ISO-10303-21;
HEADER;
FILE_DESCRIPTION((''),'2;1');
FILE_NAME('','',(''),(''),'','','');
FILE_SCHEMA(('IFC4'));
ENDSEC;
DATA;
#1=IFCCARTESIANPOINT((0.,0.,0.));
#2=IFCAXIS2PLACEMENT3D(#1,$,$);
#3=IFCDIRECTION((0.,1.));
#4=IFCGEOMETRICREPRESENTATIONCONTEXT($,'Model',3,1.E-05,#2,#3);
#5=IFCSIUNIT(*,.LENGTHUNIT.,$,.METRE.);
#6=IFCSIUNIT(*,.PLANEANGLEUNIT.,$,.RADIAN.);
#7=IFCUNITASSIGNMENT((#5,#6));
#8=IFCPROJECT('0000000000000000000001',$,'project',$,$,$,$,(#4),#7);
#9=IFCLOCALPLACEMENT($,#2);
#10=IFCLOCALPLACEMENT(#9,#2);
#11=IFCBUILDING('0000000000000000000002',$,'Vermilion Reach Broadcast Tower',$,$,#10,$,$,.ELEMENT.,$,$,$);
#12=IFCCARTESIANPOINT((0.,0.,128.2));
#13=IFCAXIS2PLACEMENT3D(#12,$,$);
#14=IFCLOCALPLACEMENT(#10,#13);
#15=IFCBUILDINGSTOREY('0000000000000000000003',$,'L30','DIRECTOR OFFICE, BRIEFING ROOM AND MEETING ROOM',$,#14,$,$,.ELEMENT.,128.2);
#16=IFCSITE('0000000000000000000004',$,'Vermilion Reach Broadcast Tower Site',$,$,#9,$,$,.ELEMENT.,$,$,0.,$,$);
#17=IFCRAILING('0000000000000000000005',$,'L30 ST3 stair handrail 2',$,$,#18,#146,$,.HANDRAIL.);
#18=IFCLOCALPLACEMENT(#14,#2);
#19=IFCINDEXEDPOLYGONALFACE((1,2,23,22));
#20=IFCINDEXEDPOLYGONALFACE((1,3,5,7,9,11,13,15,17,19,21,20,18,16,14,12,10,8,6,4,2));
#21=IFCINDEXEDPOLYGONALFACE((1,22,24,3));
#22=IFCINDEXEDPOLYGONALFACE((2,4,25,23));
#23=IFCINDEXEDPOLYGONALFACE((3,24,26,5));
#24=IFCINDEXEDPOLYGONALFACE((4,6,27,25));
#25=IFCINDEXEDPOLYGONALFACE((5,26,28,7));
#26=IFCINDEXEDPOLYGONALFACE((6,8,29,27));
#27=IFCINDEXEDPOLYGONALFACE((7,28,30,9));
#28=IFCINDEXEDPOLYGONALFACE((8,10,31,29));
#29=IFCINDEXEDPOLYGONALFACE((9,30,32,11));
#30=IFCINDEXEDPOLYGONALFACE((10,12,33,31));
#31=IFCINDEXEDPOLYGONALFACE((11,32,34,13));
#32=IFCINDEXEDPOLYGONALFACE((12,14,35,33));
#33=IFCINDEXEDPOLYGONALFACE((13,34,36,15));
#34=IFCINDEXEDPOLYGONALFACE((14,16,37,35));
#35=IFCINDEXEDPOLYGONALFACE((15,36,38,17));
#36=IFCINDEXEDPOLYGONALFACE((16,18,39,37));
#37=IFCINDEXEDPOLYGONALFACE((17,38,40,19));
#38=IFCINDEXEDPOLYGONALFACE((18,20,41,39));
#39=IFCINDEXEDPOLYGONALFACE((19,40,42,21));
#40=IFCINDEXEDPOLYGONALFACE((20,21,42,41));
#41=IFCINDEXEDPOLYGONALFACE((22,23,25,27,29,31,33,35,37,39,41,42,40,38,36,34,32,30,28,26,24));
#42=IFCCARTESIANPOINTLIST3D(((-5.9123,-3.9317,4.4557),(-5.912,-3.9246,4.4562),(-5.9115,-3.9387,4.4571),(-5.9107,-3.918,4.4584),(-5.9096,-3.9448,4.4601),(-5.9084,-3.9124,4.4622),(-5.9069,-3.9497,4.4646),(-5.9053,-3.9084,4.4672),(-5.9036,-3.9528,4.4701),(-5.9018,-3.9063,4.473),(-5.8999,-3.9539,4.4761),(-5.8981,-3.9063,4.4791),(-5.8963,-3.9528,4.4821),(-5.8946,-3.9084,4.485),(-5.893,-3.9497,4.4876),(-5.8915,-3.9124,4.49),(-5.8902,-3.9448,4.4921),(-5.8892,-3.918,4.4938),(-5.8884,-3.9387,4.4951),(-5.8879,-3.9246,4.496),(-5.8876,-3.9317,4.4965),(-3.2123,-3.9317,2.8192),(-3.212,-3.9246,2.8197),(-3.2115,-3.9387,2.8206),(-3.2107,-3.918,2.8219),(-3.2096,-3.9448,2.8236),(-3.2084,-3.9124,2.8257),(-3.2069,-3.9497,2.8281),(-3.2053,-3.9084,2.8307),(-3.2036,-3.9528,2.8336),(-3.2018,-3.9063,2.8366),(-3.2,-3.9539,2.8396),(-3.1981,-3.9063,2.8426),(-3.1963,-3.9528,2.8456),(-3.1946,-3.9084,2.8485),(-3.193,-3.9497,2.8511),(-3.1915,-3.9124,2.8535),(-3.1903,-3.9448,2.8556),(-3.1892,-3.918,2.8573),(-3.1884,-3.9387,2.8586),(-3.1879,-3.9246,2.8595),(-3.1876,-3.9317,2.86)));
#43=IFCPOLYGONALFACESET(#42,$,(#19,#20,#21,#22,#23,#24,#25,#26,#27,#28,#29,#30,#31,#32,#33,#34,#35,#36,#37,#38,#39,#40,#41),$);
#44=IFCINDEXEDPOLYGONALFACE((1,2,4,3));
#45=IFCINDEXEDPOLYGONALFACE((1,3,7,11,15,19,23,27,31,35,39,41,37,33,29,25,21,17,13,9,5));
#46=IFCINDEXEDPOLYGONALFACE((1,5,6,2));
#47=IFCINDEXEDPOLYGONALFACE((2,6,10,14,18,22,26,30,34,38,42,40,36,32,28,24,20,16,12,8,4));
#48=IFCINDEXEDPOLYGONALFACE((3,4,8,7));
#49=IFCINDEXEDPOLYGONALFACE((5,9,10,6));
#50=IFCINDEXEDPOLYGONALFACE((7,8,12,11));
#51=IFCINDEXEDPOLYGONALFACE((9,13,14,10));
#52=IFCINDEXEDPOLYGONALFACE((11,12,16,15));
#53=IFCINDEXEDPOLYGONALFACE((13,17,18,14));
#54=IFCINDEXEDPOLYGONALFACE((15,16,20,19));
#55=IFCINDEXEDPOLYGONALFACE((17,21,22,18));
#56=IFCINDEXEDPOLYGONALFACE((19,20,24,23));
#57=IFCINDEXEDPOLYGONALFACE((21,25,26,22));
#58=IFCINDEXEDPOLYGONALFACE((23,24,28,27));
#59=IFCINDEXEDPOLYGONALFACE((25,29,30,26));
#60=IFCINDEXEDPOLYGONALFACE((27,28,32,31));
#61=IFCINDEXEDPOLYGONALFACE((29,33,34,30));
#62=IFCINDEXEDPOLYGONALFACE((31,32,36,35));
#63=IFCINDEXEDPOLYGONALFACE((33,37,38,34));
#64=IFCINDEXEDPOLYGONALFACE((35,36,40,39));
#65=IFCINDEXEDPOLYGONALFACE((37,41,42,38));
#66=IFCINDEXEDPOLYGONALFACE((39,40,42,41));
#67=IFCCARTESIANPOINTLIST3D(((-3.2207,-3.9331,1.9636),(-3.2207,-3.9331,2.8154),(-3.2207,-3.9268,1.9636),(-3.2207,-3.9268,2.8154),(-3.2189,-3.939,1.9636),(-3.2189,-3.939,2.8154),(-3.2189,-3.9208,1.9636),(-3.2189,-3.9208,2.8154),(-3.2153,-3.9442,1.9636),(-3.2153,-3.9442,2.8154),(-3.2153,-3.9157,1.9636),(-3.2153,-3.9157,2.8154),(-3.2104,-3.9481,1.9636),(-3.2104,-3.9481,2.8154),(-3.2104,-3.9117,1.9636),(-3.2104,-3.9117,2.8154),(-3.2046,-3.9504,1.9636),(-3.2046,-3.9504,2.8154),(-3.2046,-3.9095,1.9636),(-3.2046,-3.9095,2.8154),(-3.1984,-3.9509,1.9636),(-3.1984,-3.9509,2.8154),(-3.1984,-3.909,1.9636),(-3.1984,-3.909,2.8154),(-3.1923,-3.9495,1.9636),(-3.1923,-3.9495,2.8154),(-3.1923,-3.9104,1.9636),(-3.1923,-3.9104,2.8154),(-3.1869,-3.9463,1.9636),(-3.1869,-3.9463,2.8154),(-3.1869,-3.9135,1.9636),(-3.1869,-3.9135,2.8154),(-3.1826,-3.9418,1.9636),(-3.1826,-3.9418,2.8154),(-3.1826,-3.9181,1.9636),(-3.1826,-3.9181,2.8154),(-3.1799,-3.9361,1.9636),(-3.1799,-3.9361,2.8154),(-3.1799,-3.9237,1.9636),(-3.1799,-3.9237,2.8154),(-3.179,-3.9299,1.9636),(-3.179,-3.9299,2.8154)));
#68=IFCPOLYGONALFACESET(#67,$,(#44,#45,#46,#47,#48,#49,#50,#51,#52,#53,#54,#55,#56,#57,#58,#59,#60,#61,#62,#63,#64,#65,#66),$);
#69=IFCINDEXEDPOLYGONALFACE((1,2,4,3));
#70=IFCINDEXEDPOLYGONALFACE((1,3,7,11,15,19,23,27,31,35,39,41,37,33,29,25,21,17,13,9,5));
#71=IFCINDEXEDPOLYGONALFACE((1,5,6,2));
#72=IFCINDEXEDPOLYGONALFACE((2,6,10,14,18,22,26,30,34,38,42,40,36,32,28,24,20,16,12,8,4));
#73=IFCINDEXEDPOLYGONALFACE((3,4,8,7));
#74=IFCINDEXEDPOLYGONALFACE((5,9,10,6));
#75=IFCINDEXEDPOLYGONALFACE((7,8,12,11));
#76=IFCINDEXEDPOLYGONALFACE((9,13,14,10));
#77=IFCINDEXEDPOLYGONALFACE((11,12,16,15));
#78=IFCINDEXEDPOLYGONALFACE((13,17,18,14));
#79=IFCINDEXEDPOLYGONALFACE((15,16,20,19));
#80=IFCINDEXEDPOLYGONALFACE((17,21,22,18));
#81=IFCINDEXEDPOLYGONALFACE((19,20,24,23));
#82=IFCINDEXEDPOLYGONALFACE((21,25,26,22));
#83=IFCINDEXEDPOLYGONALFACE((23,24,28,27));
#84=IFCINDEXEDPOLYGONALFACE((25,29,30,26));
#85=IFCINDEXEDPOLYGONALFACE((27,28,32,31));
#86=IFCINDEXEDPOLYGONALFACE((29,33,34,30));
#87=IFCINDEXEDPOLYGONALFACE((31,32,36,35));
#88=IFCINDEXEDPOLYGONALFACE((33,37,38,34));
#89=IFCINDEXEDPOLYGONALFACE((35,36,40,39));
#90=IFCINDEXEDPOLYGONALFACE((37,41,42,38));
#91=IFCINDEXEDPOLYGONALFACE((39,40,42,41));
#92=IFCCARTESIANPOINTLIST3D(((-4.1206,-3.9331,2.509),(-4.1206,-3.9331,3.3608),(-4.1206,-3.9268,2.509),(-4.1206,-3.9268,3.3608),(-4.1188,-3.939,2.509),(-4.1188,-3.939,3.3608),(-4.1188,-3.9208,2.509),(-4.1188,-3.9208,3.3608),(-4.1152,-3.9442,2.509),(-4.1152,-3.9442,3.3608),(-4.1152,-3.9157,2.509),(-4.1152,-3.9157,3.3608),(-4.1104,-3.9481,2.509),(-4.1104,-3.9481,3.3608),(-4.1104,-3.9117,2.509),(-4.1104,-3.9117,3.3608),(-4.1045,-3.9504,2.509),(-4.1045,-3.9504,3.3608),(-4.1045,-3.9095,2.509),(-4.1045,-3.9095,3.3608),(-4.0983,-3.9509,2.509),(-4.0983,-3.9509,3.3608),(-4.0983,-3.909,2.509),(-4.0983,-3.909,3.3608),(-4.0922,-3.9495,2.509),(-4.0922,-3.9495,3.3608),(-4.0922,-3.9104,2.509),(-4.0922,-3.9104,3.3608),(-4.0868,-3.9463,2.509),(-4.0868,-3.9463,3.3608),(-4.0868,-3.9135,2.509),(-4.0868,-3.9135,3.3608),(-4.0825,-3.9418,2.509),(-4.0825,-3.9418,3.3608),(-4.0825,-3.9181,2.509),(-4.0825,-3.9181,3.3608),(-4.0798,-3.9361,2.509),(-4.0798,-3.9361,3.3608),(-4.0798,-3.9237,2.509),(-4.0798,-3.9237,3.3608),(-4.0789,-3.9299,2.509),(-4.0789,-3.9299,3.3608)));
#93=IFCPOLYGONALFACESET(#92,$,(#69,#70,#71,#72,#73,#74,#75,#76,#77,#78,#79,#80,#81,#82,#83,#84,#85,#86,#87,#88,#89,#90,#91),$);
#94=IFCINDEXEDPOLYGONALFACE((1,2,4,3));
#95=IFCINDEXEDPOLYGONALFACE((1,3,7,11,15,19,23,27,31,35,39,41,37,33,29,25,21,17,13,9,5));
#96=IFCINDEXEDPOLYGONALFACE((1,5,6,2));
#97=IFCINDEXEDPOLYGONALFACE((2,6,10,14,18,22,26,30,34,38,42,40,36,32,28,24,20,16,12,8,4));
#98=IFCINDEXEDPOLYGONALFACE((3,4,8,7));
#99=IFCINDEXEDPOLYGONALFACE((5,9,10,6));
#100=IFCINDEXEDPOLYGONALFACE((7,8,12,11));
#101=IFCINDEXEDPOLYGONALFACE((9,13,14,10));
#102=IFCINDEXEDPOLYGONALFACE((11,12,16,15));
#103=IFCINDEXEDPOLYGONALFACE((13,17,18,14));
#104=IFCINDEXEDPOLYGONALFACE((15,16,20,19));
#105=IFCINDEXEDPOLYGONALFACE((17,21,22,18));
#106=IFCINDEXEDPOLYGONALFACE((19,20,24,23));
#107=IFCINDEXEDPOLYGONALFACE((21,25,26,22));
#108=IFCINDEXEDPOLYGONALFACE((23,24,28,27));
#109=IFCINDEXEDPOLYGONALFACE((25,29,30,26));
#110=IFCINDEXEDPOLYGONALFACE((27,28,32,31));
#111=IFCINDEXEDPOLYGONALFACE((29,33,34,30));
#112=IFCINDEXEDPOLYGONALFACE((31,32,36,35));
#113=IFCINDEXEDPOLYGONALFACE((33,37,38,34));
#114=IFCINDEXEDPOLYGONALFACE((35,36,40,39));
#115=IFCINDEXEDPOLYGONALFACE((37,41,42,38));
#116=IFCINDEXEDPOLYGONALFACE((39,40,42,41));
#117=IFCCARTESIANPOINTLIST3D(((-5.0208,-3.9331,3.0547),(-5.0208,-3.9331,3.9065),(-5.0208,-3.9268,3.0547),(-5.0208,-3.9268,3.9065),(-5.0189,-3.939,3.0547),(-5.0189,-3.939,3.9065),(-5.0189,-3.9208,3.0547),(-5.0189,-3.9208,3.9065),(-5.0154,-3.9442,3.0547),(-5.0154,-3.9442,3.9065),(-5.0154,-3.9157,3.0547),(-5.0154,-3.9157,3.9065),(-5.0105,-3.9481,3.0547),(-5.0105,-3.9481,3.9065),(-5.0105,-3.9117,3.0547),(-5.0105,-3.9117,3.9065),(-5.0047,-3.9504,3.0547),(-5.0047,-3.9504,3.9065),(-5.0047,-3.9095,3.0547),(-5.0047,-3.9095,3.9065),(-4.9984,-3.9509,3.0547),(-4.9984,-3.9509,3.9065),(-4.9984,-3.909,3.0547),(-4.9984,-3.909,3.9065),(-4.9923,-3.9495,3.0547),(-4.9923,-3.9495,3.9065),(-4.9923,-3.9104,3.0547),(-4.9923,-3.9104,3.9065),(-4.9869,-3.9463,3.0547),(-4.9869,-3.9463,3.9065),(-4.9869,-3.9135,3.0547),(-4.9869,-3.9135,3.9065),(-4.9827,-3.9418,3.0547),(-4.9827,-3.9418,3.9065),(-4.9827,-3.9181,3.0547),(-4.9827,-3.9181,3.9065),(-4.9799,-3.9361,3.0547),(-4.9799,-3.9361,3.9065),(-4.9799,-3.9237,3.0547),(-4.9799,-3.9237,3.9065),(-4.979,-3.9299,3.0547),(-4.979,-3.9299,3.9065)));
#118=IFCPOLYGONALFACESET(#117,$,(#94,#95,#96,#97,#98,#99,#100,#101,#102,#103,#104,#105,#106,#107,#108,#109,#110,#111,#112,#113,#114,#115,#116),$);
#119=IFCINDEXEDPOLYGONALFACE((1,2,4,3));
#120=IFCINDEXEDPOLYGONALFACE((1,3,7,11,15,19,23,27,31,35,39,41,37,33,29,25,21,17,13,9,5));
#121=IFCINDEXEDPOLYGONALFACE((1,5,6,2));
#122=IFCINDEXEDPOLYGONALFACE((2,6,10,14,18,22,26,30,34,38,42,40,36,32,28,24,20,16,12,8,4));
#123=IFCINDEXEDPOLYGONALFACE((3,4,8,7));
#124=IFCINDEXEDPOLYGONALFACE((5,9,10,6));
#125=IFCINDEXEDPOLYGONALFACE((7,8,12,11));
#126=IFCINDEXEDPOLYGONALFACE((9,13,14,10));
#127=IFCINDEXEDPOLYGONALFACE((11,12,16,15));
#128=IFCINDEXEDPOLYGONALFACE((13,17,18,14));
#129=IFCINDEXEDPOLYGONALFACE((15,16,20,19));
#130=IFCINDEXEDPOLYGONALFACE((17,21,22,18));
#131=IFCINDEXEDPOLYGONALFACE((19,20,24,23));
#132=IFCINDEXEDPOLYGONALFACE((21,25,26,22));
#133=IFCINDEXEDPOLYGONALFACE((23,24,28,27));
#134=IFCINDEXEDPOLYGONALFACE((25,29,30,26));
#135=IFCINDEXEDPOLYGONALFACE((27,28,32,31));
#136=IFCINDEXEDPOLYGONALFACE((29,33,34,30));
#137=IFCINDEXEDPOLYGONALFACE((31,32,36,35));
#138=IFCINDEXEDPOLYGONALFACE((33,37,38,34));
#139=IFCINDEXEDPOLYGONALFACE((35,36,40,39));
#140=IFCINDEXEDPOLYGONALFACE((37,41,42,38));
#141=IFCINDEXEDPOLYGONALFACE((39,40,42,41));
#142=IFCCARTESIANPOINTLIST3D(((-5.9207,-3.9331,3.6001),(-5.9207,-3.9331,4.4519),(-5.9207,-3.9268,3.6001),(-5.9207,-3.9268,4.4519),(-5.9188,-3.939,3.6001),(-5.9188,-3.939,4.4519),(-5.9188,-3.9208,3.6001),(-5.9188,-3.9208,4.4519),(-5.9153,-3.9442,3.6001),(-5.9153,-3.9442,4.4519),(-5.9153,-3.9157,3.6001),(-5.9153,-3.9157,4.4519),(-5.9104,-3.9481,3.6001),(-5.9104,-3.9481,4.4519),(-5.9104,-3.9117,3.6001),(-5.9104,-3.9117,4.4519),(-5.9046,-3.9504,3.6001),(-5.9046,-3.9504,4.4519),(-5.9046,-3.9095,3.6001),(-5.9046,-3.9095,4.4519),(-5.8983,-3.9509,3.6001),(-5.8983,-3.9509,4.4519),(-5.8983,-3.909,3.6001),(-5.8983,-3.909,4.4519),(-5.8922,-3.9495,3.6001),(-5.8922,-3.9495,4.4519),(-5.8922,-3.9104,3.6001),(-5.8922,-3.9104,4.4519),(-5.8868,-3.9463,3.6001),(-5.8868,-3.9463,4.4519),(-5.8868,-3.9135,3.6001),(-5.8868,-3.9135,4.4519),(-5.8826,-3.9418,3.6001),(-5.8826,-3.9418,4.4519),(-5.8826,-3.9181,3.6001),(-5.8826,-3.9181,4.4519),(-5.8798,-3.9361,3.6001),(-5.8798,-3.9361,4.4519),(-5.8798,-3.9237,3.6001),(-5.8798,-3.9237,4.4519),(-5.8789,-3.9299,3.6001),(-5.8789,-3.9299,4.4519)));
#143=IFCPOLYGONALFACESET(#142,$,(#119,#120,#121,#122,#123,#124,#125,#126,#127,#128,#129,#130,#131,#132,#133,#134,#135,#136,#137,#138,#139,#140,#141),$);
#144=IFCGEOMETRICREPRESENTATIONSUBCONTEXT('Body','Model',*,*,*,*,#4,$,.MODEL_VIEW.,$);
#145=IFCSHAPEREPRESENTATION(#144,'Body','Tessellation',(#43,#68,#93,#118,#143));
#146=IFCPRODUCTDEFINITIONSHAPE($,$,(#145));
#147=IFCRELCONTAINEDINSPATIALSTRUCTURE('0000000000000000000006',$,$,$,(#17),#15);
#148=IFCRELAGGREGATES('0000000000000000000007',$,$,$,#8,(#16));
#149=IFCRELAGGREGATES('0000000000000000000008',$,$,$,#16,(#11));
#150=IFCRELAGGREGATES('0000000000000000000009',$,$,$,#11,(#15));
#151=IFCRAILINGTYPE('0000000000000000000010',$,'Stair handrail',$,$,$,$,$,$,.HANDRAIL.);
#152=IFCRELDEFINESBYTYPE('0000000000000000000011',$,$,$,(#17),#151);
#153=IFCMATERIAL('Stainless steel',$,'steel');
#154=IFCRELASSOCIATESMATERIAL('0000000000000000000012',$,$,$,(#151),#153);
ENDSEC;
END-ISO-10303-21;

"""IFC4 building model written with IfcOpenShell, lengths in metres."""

from ifc_helpers import new_model, si_unit, direction, frame, origin, origin_2d, place, context, subcontext, project, spatial, circle, extrude, material, type_object, element, save


model = new_model("IFC4")

# Units and contexts
model_context = context("Model", 3, precision=1e-05, world=origin(), true_north=direction((0.0, 1.0)))
body_context = subcontext(model_context, "Body", "Model", "MODEL_VIEW")
ifc_project = project(units=[si_unit("LENGTHUNIT", "METRE"), si_unit("PLANEANGLEUNIT", "RADIAN")], contexts=[model_context])

# Site, building, storey
site_placement = place(None, origin())
site = spatial("IfcSite", under=ifc_project, at=site_placement, Name="Vermilion Reach Broadcast Tower Site", CompositionType="ELEMENT", RefElevation=0.0)
building_placement = place(site_placement, origin())
building = spatial("IfcBuilding", under=site, at=building_placement, Name="Vermilion Reach Broadcast Tower", CompositionType="ELEMENT")
storey_placement = place(building_placement, frame((0.0, 0.0, 128.2)))
storey = spatial("IfcBuildingStorey", under=building, at=storey_placement, Name="L30", Description="DIRECTOR OFFICE, BRIEFING ROOM AND MEETING ROOM", CompositionType="ELEMENT", Elevation=128.2)

# Railing
ifc_material_1 = material(Name="Stainless steel", Category="steel")
railing_type_1 = type_object("IfcRailingType", Name="Stair handrail", PredefinedType="HANDRAIL", material=ifc_material_1)
railing_1_placement = place(storey_placement, frame((-3.2, -3.9299, 1.9636)))
element("IfcRailing", 1, at=railing_1_placement, inside=storey, type_object=railing_type_1, Name="L30 ST3 stair handrail 2", PredefinedType="HANDRAIL", context=body_context, shape_type="SweptSolid", body=[
    extrude(circle(Radius=0.0239, at=origin_2d()), frame((0.0, 0.0, 0.876), z_axis=(-0.855178, 0.0, 0.518334), x_axis=(0.0, -1.0, 0.0)), (0.0, 0.0, 1.0), 3.1572),
    extrude(circle(Radius=0.021, at=origin_2d()), origin(), (0.0, 0.0, 1.0), 0.8518),
    extrude(circle(Radius=0.021, at=origin_2d()), frame((-0.8999, 0.0, 0.5454)), (0.0, 0.0, 1.0), 0.8518),
    extrude(circle(Radius=0.021, at=origin_2d()), frame((-1.8, 0.0, 1.0911)), (0.0, 0.0, 1.0), 0.8518),
    extrude(circle(Radius=0.021, at=origin_2d()), frame((-2.7, 0.0, 1.6365)), (0.0, 0.0, 1.0), 0.8518),
])

save(model, "model.ifc")
